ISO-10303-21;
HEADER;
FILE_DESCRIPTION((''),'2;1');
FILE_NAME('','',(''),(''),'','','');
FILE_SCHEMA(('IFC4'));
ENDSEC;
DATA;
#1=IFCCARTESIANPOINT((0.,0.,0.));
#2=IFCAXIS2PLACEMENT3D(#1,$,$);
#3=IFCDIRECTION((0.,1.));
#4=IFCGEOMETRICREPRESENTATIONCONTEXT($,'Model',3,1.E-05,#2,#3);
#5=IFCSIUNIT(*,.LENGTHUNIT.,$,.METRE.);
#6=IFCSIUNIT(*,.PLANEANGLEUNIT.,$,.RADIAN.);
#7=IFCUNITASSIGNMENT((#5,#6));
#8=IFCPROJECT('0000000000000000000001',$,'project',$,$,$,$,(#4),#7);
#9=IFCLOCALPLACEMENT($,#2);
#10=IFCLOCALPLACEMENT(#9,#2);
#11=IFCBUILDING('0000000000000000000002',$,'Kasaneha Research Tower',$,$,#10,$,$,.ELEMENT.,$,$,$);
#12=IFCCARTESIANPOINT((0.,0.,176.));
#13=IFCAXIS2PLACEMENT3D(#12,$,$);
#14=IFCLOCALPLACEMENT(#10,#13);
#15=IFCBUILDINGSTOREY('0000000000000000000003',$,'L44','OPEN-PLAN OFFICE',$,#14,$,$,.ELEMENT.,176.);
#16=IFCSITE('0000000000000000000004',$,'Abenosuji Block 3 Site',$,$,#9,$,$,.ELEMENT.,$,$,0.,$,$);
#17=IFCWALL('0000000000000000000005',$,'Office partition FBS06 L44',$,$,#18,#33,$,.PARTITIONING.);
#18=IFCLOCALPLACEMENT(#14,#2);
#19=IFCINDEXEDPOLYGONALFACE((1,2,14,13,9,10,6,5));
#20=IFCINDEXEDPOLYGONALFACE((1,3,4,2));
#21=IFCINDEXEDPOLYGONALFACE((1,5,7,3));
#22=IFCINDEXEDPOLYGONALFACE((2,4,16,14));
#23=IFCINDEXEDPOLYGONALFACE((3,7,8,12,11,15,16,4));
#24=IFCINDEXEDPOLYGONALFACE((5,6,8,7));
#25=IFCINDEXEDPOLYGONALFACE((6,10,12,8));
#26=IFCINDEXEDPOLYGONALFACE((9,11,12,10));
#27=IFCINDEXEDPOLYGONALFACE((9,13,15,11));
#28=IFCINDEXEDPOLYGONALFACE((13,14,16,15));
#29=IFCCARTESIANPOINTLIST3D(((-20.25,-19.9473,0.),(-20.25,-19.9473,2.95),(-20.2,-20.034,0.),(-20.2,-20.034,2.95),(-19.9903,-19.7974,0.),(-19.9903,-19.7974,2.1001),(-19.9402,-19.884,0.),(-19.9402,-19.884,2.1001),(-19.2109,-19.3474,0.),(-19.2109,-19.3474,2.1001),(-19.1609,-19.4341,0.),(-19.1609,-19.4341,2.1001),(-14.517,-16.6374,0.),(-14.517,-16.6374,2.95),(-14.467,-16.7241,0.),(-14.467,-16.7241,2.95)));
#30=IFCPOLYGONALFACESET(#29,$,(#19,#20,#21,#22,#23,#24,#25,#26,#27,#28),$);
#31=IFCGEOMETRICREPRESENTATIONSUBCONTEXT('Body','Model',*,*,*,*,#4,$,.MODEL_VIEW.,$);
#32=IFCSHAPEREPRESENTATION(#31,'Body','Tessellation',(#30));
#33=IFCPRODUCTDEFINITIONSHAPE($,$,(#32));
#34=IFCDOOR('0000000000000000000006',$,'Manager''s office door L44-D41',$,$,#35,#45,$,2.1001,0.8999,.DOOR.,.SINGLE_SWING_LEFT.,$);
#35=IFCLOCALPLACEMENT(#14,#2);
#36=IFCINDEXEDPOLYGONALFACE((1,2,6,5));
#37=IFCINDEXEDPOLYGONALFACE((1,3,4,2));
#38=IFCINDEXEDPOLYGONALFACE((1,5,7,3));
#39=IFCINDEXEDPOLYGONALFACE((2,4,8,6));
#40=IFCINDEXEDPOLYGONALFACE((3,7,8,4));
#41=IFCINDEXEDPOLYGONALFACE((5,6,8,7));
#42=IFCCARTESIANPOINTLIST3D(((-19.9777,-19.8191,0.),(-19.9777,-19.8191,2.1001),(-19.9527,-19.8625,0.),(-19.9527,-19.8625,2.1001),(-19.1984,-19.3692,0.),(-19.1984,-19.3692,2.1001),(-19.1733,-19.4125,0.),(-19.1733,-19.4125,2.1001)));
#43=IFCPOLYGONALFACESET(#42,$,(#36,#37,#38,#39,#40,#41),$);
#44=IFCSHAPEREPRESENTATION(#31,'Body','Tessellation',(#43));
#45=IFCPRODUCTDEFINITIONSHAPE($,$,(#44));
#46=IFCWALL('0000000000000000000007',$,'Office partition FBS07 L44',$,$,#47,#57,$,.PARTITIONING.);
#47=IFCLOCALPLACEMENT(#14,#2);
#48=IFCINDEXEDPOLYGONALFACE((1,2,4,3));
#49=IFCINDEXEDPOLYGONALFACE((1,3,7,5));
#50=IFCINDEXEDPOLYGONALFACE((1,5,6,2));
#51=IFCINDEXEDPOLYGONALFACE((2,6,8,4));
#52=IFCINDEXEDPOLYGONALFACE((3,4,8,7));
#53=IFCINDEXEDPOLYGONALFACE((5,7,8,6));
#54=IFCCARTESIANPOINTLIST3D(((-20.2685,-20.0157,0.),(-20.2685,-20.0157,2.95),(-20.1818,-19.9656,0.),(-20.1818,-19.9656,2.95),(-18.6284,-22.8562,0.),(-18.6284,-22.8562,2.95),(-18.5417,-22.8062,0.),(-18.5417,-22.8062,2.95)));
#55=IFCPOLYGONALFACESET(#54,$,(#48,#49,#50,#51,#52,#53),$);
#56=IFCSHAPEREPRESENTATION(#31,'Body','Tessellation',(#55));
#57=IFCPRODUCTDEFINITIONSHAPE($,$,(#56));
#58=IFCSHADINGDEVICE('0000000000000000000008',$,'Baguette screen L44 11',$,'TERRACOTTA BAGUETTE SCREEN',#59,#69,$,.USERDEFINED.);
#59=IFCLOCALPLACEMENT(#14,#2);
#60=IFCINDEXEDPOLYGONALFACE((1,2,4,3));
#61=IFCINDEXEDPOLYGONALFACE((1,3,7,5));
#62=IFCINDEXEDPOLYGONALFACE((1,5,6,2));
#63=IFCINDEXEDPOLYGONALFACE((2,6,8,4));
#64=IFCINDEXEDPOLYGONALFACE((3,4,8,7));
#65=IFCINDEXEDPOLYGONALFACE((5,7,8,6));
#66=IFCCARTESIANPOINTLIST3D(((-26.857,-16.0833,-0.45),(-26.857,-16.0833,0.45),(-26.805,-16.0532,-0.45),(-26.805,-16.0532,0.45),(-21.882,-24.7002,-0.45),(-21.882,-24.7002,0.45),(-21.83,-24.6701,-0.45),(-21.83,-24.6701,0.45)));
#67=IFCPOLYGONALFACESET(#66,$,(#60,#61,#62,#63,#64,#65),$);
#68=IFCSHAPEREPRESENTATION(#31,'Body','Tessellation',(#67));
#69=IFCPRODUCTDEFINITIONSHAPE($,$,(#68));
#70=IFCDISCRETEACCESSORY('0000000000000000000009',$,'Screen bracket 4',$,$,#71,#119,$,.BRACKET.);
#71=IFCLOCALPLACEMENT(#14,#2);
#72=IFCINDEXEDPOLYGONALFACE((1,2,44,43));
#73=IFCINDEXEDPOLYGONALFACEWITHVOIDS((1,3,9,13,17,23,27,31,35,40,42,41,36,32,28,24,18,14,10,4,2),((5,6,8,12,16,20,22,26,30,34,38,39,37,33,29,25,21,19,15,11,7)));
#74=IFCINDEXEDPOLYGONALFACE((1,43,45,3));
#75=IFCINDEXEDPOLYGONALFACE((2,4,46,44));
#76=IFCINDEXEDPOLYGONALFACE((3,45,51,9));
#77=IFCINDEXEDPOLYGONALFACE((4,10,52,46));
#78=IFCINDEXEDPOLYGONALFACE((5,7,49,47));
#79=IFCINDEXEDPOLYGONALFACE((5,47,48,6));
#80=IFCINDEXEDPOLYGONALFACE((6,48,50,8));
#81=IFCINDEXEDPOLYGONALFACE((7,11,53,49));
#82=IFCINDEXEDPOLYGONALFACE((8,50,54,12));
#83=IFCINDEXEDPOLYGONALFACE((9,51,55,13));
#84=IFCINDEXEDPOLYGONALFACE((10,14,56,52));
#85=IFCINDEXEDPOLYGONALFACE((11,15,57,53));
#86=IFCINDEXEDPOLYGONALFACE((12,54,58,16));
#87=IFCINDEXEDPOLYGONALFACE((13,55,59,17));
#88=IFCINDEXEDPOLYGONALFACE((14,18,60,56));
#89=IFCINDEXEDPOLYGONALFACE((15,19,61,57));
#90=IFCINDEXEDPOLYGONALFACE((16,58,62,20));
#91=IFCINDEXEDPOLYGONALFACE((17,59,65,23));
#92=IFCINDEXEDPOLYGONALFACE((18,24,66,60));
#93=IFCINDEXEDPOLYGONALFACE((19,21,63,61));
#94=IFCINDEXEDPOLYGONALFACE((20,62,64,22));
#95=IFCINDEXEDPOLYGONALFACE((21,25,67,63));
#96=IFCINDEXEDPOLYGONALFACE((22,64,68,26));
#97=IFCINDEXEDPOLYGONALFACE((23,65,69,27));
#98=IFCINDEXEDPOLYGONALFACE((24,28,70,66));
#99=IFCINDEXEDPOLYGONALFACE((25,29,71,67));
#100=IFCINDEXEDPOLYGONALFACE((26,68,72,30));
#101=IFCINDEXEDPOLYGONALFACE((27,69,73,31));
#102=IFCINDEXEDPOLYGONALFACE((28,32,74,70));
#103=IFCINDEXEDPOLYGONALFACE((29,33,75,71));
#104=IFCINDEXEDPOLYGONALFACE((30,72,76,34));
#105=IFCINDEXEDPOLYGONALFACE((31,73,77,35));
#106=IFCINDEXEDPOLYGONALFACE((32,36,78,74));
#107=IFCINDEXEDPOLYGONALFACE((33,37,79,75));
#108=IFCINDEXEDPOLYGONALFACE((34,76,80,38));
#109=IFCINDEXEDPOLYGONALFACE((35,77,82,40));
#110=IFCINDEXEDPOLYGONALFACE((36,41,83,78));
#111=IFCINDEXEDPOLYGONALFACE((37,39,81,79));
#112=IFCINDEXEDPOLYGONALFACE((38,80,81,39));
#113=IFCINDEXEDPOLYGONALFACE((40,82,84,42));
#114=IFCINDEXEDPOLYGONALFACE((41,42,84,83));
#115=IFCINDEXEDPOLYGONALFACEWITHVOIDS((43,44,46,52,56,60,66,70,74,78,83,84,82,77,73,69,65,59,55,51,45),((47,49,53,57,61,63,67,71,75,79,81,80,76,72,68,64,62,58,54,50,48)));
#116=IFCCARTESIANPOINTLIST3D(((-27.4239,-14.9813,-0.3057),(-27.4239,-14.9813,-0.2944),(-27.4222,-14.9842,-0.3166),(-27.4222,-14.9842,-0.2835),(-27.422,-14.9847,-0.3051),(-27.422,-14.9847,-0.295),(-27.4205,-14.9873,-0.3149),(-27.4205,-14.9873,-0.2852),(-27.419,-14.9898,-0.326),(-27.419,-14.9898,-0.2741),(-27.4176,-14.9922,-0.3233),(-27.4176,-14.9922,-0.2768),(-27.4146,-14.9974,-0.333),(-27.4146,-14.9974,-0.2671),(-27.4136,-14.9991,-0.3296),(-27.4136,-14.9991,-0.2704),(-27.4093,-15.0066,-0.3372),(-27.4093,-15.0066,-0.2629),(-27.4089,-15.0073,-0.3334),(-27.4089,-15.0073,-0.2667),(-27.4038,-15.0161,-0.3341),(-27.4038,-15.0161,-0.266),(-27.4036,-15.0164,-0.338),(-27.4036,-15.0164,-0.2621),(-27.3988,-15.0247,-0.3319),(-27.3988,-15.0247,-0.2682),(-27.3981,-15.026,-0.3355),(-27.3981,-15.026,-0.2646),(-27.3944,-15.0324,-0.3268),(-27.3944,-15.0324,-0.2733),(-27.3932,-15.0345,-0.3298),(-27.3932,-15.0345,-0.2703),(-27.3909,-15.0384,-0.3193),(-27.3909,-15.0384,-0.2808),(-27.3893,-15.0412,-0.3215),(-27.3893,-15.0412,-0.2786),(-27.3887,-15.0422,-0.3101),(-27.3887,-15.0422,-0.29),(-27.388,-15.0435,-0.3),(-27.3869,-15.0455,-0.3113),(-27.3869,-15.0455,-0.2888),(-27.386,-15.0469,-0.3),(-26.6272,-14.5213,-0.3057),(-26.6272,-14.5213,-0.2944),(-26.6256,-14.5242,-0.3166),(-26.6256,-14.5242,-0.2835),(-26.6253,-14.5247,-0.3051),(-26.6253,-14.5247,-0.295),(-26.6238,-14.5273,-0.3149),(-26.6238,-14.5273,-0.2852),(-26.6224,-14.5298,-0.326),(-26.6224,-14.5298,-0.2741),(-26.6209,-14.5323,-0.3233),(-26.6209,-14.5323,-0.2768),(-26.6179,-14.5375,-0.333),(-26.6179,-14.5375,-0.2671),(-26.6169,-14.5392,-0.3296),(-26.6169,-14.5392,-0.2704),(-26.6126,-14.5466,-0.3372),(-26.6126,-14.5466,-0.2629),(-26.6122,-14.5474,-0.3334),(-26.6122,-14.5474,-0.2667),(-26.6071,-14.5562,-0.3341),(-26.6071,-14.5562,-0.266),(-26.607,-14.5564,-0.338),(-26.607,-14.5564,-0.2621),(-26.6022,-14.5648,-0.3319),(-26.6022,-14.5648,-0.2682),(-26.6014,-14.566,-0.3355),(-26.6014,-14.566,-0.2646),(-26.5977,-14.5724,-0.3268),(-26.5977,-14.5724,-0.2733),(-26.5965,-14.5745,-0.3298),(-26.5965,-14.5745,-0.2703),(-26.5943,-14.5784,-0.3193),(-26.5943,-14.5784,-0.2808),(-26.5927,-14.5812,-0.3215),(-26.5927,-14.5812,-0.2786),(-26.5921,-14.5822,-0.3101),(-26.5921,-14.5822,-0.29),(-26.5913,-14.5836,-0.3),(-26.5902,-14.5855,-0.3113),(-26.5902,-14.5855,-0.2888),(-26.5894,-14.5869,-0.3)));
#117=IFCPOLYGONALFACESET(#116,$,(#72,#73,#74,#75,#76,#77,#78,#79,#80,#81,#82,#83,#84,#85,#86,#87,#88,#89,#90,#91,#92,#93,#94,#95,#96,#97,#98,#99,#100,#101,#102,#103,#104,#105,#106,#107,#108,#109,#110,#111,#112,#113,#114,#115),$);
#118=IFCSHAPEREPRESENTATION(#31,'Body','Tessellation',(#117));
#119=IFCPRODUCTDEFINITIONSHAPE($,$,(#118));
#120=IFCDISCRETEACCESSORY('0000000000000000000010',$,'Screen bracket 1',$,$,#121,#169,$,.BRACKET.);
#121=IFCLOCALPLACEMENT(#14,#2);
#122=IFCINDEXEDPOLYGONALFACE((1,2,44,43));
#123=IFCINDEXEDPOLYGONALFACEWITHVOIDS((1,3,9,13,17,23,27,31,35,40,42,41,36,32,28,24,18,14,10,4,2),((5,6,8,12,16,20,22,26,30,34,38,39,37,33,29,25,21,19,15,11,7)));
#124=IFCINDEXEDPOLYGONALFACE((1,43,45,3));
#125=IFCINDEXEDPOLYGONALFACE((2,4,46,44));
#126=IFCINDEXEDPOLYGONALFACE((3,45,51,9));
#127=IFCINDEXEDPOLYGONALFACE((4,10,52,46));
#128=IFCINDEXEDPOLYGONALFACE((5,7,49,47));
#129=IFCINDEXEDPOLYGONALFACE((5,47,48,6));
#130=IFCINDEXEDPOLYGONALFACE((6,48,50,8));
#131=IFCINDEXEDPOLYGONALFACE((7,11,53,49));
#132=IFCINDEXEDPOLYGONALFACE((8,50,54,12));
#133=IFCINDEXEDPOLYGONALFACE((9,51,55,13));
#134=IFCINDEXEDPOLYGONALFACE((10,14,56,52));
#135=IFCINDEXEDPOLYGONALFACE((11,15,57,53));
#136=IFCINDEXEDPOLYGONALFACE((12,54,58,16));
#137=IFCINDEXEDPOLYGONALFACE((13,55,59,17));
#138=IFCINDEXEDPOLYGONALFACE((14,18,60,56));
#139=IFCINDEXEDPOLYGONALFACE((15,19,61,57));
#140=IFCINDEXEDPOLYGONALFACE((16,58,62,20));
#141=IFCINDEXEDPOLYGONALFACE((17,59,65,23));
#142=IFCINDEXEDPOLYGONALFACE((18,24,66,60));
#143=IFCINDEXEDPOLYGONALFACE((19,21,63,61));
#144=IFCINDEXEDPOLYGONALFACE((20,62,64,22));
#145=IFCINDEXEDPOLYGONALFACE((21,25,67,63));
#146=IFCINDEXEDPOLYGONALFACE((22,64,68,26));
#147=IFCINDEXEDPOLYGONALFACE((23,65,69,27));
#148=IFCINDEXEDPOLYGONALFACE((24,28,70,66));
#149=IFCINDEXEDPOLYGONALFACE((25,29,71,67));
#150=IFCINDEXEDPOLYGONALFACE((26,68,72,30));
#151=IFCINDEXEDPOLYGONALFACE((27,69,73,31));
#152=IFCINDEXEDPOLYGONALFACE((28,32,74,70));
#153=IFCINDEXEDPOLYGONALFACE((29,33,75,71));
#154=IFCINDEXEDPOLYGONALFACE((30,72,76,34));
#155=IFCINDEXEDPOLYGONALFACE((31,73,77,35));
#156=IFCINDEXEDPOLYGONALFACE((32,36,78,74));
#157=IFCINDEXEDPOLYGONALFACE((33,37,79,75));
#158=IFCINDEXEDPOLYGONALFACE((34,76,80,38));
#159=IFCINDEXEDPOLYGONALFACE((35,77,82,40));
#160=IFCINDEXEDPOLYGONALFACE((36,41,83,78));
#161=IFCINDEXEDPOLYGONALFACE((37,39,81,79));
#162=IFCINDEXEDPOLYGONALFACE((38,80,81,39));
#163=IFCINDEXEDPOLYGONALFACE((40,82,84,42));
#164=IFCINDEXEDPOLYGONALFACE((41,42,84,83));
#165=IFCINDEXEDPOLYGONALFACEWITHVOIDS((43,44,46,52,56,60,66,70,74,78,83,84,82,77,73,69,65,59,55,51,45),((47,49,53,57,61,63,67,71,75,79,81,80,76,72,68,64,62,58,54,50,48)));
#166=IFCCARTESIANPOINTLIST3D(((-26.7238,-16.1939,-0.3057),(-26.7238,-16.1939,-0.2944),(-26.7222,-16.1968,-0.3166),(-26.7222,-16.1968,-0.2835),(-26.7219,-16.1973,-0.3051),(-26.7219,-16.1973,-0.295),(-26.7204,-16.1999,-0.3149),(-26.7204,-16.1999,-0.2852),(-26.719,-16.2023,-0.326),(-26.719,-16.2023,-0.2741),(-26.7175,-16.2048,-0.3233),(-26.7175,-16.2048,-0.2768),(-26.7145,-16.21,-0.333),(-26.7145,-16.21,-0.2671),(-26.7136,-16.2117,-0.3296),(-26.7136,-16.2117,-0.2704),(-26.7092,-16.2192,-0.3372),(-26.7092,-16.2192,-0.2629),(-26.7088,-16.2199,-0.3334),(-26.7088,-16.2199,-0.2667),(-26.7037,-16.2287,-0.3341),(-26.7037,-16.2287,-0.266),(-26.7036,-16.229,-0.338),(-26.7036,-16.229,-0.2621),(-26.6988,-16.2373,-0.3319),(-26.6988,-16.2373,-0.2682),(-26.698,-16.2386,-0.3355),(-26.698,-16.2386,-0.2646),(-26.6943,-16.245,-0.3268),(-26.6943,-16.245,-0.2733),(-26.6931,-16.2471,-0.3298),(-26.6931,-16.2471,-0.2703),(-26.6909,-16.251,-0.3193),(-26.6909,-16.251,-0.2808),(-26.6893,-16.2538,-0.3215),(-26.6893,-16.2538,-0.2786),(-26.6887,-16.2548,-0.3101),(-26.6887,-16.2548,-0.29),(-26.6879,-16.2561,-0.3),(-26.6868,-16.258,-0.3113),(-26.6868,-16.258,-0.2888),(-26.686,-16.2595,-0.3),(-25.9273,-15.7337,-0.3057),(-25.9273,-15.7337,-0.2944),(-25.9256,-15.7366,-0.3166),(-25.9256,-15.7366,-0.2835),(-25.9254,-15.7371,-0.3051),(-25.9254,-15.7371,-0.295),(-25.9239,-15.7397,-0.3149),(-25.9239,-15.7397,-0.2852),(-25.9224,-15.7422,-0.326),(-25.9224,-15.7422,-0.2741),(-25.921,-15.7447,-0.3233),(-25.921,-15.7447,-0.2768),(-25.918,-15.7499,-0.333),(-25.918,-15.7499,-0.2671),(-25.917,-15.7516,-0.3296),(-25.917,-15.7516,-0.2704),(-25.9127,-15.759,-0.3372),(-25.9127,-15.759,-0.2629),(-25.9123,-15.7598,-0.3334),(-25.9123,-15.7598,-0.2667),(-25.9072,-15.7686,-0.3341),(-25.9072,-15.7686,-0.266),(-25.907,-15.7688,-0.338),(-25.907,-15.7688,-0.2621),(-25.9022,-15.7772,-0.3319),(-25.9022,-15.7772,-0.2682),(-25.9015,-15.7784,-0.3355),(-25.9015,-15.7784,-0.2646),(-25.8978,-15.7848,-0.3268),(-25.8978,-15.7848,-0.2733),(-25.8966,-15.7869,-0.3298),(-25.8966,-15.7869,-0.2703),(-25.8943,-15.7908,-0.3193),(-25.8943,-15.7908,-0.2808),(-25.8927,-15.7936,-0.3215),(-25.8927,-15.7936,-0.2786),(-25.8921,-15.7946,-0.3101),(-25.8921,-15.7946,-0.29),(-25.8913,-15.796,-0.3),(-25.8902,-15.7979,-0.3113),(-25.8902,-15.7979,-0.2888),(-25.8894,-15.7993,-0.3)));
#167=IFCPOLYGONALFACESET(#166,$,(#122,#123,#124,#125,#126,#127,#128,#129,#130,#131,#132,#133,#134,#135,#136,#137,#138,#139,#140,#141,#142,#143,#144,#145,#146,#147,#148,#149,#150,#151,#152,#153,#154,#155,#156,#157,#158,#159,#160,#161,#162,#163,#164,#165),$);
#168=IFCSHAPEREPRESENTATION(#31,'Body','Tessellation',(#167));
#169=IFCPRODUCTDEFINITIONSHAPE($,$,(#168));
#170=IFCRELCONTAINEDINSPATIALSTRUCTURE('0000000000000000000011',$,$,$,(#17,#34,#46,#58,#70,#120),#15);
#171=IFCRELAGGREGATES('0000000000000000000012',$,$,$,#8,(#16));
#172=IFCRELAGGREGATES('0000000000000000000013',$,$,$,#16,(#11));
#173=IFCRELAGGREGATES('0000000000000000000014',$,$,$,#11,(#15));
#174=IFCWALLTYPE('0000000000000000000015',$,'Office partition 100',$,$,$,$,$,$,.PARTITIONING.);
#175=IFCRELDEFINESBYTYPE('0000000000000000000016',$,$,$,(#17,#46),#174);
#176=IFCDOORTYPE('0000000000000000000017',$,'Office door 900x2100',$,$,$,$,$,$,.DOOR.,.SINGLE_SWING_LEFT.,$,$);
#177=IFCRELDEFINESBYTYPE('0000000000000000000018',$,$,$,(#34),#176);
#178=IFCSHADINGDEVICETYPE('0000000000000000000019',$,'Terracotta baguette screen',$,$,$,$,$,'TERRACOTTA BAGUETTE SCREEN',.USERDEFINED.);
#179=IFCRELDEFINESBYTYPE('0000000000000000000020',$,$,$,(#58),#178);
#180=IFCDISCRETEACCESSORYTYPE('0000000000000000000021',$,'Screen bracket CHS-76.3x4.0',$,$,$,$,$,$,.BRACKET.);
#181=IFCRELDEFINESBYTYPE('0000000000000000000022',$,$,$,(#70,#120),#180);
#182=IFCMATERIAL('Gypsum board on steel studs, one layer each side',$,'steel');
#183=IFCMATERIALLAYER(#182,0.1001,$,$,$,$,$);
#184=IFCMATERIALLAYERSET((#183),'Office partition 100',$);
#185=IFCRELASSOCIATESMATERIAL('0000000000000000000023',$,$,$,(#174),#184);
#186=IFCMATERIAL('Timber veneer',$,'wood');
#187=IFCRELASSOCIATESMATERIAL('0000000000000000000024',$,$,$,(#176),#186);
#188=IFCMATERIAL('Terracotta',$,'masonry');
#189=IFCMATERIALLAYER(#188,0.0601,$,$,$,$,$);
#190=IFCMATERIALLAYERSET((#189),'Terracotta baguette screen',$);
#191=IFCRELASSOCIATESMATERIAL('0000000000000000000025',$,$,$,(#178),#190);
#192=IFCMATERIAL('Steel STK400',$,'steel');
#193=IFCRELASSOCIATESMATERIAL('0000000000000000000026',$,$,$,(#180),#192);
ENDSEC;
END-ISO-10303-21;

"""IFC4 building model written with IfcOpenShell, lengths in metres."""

from ifc_helpers import new_model, si_unit, direction, frame, frame_2d, origin, origin_2d, place, context, subcontext, project, spatial, rectangle, hollow_circle, extrude, material, layer, layer_set, material_profile, profile_set, type_object, element, fill, save


model = new_model("IFC4")

# Units and contexts
model_context = context("Model", 3, precision=1e-05, world=origin(), true_north=direction((0.0, 1.0)))
body_context = subcontext(model_context, "Body", "Model", "MODEL_VIEW")
ifc_project = project(units=[si_unit("LENGTHUNIT", "METRE"), si_unit("PLANEANGLEUNIT", "RADIAN")], contexts=[model_context])

# Site, building, storey
site_placement = place(None, origin())
site = spatial("IfcSite", under=ifc_project, at=site_placement, Name="Abenosuji Block 3 Site", CompositionType="ELEMENT", RefElevation=0.0)
building_placement = place(site_placement, origin())
building = spatial("IfcBuilding", under=site, at=building_placement, Name="Kasaneha Research Tower", CompositionType="ELEMENT")
storey_placement = place(building_placement, frame((0.0, 0.0, 176.0)))
storey = spatial("IfcBuildingStorey", under=building, at=storey_placement, Name="L44", Description="OPEN-PLAN OFFICE", CompositionType="ELEMENT", Elevation=176.0)

# Wall, opening, door
ifc_material_1 = material(Name="Gypsum board on steel studs, one layer each side", Category="steel")
ifc_layer_1 = layer(ifc_material_1, 0.1001)
ifc_layer_set_1 = layer_set([ifc_layer_1], Name="Office partition 100")
wall_type = type_object("IfcWallType", Name="Office partition 100", PredefinedType="PARTITIONING", material=ifc_layer_set_1)
wall_1_placement = place(storey_placement, frame((-20.2251, -19.9907, 0.0), z_axis=(0.0, 0.0, 1.0), x_axis=(0.866031, 0.499991, 0.0)))
wall_1 = element("IfcWall", 1, at=wall_1_placement, inside=storey, type_object=wall_type, Name="Office partition FBS06 L44", PredefinedType="PARTITIONING", context=body_context, shape_type="SweptSolid", body=[
    extrude(rectangle(XDim=6.6199, YDim=0.1001, at=frame_2d((3.3101, 0.0))), origin(), (0.0, 0.0, 1.0), 2.95),
])
opening_placement = place(wall_1_placement, frame((0.3, 0.0, 0.0)))
opening = element("IfcOpeningElement", 2, at=opening_placement, cuts=wall_1, PredefinedType="OPENING", context=body_context, shape_type="SweptSolid", body=[
    extrude(rectangle(XDim=0.8999, YDim=2.1001, at=frame_2d((0.45, 1.05))), frame((0.0, 0.0601, 0.0), z_axis=(0.0, -1.0, 0.0), x_axis=(1.0, 0.0, 0.0)), (0.0, 0.0, 1.0), 0.1201),
])
ifc_material_2 = material(Name="Timber veneer", Category="wood")
door_type = type_object("IfcDoorType", Name="Office door 900x2100", OperationType="SINGLE_SWING_LEFT", PredefinedType="DOOR", material=ifc_material_2)
door_placement = place(opening_placement, origin())
door = element("IfcDoor", 3, at=door_placement, inside=storey, type_object=door_type, Name="Manager's office door L44-D41", OperationType="SINGLE_SWING_LEFT", OverallHeight=2.1001, OverallWidth=0.8999, PredefinedType="DOOR", context=body_context, shape_type="SweptSolid", body=[
    extrude(rectangle(XDim=0.8999, YDim=2.1001, at=frame_2d((0.45, 1.05))), frame((0.0, 0.0249, 0.0), z_axis=(0.0, -1.0, 0.0), x_axis=(1.0, 0.0, 0.0)), (0.0, 0.0, 1.0), 0.05),
])
fill(opening, door)

# Wall
wall_2_placement = place(storey_placement, frame((-18.585, -22.8313, 0.0), z_axis=(0.0, 0.0, 1.0), x_axis=(-0.50003, 0.866008, 0.0)))
element("IfcWall", 4, at=wall_2_placement, inside=storey, type_object=wall_type, Name="Office partition FBS07 L44", PredefinedType="PARTITIONING", context=body_context, shape_type="SweptSolid", body=[
    extrude(rectangle(XDim=3.28, YDim=0.1001, at=frame_2d((1.6401, 0.0))), origin(), (0.0, 0.0, 1.0), 2.95),
])

# Shading device
ifc_material_3 = material(Name="Terracotta", Category="masonry")
ifc_layer_2 = layer(ifc_material_3, 0.0601)
ifc_layer_set_2 = layer_set([ifc_layer_2], Name="Terracotta baguette screen")
shading_device_type = type_object("IfcShadingDeviceType", Name="Terracotta baguette screen", ElementType="TERRACOTTA BAGUETTE SCREEN", PredefinedType="USERDEFINED", material=ifc_layer_set_2)
shading_device_placement = place(storey_placement, frame((-24.3435, -20.3767, -0.45), z_axis=(0.0, 0.0, 1.0), x_axis=(0.5, -0.866025, 0.0)))
element("IfcShadingDevice", 5, at=shading_device_placement, inside=storey, type_object=shading_device_type, Name="Baguette screen L44 11", ObjectType="TERRACOTTA BAGUETTE SCREEN", PredefinedType="USERDEFINED", context=body_context, shape_type="SweptSolid", body=[
    extrude(rectangle(XDim=9.95, YDim=0.0601, at=origin_2d()), origin(), (0.0, 0.0, 1.0), 0.8999),
])

# Discrete accessories
ifc_material_4 = material(Name="Steel STK400", Category="steel")
ifc_material_profile_1 = material_profile(ifc_material_4, hollow_circle(Radius=0.0381, WallThickness=0.0039, at=origin_2d()), Name="CHS-76.3x4.0")
ifc_profile_set_1 = profile_set([ifc_material_profile_1], Name="Steel STK400")
discrete_accessory_type = type_object("IfcDiscreteAccessoryType", Name="Screen bracket CHS-76.3x4.0", PredefinedType="BRACKET", material=ifc_profile_set_1)
for number, where, z_axis, x_axis, name in (
    (6, (-26.6084, -14.554, -0.3), (-0.866013, -0.500021, 0.0), (0.500021, -0.866013, 0.0), "Screen bracket 4"),
    (7, (-25.9084, -15.7664, -0.3), (-0.865898, -0.50022, 0.0), (0.50022, -0.865898, 0.0), "Screen bracket 1"),
):
    element("IfcDiscreteAccessory", number, at=place(storey_placement, frame(where, z_axis=z_axis, x_axis=x_axis)), inside=storey, type_object=discrete_accessory_type, Name=name, PredefinedType="BRACKET", context=body_context, shape_type="SweptSolid", body=[
        extrude(hollow_circle(Radius=0.0381, WallThickness=0.0039, at=origin_2d()), origin(), (0.0, 0.0, 1.0), 0.9199),
    ])

save(model, "model.ifc")
